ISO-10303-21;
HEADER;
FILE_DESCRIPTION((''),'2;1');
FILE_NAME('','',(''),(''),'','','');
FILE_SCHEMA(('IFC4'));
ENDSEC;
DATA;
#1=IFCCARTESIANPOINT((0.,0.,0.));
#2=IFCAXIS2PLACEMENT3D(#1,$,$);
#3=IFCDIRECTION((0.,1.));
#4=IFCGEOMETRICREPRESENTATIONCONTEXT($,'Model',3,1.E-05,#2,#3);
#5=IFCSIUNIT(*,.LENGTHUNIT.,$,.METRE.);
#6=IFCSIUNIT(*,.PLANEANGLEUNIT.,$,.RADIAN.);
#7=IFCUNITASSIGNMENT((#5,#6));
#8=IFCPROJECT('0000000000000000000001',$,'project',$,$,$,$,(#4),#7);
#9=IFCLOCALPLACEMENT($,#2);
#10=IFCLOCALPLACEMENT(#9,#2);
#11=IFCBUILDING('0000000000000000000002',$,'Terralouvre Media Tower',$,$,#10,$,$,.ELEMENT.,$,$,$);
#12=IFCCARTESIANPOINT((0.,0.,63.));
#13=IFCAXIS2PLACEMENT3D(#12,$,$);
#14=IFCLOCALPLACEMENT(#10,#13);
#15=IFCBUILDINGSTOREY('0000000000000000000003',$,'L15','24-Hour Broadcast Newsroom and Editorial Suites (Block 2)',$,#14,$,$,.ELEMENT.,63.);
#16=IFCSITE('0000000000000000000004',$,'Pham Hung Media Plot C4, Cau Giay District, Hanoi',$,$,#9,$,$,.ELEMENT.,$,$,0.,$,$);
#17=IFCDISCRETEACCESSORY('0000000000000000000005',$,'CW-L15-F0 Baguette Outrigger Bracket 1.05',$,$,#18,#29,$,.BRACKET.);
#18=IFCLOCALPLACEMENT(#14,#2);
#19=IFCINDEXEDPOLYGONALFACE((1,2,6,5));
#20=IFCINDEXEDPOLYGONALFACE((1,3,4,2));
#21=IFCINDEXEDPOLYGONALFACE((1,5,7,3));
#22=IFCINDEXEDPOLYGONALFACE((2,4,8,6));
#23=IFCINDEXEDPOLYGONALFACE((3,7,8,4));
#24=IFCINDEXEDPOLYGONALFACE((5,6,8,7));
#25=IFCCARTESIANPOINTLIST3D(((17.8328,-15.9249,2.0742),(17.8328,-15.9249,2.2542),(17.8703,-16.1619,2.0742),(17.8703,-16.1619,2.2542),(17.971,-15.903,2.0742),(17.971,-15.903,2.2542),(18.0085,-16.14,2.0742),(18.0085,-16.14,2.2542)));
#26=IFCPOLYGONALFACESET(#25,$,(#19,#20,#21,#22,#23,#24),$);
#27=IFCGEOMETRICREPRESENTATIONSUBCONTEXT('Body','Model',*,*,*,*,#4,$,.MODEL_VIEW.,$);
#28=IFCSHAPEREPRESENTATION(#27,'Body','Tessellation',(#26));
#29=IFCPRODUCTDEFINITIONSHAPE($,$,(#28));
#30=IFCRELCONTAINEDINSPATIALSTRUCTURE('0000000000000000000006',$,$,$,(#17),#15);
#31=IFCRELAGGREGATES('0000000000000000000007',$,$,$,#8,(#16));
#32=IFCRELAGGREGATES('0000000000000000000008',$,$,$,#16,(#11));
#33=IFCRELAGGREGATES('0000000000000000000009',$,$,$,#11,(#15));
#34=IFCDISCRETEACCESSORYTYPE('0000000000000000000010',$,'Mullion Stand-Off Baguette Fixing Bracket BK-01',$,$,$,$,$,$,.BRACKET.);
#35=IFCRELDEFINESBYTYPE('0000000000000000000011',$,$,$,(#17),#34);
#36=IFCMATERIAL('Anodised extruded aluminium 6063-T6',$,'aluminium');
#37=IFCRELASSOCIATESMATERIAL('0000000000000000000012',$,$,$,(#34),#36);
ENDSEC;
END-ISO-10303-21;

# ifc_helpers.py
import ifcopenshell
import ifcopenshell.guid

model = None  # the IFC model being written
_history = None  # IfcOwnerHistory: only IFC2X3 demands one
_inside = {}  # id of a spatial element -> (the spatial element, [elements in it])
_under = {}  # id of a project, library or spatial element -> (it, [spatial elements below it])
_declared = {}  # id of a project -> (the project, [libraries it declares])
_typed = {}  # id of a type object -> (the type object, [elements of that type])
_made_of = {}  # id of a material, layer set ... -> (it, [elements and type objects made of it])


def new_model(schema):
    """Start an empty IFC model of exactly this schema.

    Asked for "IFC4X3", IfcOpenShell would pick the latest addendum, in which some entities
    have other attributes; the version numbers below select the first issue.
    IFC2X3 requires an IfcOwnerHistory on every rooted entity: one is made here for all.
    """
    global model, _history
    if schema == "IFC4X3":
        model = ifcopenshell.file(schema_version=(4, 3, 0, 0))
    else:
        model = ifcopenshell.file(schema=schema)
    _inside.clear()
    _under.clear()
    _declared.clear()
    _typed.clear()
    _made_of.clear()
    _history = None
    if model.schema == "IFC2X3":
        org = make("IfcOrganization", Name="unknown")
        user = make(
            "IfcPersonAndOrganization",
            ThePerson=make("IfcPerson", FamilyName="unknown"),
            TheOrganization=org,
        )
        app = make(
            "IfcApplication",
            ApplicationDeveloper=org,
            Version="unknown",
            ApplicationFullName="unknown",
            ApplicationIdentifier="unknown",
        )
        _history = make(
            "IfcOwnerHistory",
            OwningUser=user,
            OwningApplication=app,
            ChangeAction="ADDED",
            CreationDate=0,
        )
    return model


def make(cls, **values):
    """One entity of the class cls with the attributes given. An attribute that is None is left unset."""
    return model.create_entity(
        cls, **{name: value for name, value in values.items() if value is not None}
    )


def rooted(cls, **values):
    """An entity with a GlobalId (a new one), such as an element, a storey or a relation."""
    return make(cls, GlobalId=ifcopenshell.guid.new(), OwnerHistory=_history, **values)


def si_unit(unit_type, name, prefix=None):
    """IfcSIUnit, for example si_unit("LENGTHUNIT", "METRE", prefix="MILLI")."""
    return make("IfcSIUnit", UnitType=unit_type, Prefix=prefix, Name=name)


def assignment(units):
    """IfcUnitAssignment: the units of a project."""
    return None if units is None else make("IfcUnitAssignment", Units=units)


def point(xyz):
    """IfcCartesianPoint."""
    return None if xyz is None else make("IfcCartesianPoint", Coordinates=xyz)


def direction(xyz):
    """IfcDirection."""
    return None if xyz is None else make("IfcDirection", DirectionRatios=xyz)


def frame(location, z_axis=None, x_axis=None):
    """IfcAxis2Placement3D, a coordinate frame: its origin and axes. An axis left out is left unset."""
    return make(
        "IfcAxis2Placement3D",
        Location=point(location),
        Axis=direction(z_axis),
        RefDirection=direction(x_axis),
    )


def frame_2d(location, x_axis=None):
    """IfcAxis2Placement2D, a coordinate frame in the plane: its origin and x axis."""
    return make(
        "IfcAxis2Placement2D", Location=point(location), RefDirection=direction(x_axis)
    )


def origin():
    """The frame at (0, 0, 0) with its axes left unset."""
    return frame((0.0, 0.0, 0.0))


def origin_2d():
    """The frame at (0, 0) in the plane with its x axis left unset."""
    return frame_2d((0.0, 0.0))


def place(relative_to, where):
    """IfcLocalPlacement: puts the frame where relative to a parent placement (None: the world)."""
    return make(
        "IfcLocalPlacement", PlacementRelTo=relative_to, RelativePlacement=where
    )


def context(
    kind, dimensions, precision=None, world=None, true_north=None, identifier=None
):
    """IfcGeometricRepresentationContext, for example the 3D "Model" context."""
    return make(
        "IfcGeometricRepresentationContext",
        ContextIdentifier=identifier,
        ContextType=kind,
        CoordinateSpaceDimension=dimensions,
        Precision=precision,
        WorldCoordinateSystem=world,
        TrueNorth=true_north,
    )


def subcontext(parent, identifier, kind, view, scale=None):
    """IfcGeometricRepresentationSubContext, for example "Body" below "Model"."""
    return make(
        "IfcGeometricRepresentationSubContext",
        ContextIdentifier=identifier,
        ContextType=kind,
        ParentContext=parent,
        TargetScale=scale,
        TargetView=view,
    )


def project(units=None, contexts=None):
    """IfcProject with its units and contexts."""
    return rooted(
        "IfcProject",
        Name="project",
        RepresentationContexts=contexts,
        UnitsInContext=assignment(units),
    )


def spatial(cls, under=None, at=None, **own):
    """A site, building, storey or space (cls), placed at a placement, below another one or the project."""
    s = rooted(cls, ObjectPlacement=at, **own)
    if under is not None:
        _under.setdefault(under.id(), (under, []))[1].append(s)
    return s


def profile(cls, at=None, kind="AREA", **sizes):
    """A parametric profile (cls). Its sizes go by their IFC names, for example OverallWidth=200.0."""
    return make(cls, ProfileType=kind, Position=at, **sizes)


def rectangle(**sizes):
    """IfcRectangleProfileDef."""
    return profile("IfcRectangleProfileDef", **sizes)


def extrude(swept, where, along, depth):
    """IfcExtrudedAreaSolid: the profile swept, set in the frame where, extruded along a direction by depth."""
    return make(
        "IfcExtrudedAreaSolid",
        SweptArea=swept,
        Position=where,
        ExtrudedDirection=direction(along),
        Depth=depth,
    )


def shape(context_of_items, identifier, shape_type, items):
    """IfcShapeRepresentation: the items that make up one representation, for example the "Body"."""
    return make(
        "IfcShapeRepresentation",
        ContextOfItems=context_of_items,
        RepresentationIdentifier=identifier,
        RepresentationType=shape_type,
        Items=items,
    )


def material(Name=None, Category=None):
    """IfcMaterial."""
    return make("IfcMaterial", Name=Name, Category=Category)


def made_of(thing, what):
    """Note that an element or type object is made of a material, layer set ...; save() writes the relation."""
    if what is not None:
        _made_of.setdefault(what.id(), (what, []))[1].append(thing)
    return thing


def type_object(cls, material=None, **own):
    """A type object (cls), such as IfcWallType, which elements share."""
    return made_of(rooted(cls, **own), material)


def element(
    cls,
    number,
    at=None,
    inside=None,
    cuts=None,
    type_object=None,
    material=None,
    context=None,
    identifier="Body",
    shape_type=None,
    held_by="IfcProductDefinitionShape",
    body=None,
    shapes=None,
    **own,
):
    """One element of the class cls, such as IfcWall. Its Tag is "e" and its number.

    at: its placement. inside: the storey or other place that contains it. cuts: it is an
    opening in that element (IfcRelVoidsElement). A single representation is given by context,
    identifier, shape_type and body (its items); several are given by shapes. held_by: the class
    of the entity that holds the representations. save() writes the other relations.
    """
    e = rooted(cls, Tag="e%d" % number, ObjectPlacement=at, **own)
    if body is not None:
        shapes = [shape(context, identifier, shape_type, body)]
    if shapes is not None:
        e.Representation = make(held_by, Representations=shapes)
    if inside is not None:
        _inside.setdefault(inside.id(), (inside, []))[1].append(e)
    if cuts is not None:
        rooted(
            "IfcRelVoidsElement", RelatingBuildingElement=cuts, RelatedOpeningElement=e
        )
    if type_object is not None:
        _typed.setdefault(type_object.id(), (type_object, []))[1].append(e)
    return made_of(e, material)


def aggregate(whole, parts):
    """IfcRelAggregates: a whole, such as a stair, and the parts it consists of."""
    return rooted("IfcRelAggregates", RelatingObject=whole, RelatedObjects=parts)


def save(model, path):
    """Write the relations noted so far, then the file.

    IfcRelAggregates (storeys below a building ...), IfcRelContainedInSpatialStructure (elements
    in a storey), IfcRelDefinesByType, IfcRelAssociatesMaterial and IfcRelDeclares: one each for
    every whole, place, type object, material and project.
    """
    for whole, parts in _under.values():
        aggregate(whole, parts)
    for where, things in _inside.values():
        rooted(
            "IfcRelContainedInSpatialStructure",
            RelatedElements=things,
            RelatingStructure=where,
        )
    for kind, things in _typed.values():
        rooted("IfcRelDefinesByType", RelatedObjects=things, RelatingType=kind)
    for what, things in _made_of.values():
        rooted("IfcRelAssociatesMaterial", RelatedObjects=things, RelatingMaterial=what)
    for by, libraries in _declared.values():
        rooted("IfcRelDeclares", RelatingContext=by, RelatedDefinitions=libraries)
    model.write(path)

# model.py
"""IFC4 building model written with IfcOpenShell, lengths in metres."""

from ifc_helpers import new_model, si_unit, direction, frame, origin, origin_2d, place, context, subcontext, project, spatial, rectangle, extrude, material, type_object, element, save


model = new_model("IFC4")

# Units and contexts
model_context = context("Model", 3, precision=1e-05, world=origin(), true_north=direction((0.0, 1.0)))
body_context = subcontext(model_context, "Body", "Model", "MODEL_VIEW")
ifc_project = project(units=[si_unit("LENGTHUNIT", "METRE"), si_unit("PLANEANGLEUNIT", "RADIAN")], contexts=[model_context])

# Site, building, storey
site_placement = place(None, origin())
site = spatial("IfcSite", under=ifc_project, at=site_placement, Name="Pham Hung Media Plot C4, Cau Giay District, Hanoi", CompositionType="ELEMENT", RefElevation=0.0)
building_placement = place(site_placement, origin())
building = spatial("IfcBuilding", under=site, at=building_placement, Name="Terralouvre Media Tower", CompositionType="ELEMENT")
storey_placement = place(building_placement, frame((0.0, 0.0, 63.0)))
storey = spatial("IfcBuildingStorey", under=building, at=storey_placement, Name="L15", Description="24-Hour Broadcast Newsroom and Editorial Suites (Block 2)", CompositionType="ELEMENT", Elevation=63.0)

# Discrete accessory
ifc_material_1 = material(Name="Anodised extruded aluminium 6063-T6", Category="aluminium")
discrete_accessory_type = type_object("IfcDiscreteAccessoryType", Name="Mullion Stand-Off Baguette Fixing Bracket BK-01", PredefinedType="BRACKET", material=ifc_material_1)
discrete_accessory_placement = place(storey_placement, frame((17.9207, -16.0325, 2.0742), z_axis=(0.0, 0.0, 1.0), x_axis=(0.987688, 0.156434, 0.0)))
element("IfcDiscreteAccessory", 1, at=discrete_accessory_placement, inside=storey, type_object=discrete_accessory_type, Name="CW-L15-F0 Baguette Outrigger Bracket 1.05", PredefinedType="BRACKET", context=body_context, shape_type="SweptSolid", body=[
    extrude(rectangle(XDim=0.1399, YDim=0.24, at=origin_2d()), origin(), (0.0, 0.0, 1.0), 0.1799),
])

save(model, "model.ifc")
